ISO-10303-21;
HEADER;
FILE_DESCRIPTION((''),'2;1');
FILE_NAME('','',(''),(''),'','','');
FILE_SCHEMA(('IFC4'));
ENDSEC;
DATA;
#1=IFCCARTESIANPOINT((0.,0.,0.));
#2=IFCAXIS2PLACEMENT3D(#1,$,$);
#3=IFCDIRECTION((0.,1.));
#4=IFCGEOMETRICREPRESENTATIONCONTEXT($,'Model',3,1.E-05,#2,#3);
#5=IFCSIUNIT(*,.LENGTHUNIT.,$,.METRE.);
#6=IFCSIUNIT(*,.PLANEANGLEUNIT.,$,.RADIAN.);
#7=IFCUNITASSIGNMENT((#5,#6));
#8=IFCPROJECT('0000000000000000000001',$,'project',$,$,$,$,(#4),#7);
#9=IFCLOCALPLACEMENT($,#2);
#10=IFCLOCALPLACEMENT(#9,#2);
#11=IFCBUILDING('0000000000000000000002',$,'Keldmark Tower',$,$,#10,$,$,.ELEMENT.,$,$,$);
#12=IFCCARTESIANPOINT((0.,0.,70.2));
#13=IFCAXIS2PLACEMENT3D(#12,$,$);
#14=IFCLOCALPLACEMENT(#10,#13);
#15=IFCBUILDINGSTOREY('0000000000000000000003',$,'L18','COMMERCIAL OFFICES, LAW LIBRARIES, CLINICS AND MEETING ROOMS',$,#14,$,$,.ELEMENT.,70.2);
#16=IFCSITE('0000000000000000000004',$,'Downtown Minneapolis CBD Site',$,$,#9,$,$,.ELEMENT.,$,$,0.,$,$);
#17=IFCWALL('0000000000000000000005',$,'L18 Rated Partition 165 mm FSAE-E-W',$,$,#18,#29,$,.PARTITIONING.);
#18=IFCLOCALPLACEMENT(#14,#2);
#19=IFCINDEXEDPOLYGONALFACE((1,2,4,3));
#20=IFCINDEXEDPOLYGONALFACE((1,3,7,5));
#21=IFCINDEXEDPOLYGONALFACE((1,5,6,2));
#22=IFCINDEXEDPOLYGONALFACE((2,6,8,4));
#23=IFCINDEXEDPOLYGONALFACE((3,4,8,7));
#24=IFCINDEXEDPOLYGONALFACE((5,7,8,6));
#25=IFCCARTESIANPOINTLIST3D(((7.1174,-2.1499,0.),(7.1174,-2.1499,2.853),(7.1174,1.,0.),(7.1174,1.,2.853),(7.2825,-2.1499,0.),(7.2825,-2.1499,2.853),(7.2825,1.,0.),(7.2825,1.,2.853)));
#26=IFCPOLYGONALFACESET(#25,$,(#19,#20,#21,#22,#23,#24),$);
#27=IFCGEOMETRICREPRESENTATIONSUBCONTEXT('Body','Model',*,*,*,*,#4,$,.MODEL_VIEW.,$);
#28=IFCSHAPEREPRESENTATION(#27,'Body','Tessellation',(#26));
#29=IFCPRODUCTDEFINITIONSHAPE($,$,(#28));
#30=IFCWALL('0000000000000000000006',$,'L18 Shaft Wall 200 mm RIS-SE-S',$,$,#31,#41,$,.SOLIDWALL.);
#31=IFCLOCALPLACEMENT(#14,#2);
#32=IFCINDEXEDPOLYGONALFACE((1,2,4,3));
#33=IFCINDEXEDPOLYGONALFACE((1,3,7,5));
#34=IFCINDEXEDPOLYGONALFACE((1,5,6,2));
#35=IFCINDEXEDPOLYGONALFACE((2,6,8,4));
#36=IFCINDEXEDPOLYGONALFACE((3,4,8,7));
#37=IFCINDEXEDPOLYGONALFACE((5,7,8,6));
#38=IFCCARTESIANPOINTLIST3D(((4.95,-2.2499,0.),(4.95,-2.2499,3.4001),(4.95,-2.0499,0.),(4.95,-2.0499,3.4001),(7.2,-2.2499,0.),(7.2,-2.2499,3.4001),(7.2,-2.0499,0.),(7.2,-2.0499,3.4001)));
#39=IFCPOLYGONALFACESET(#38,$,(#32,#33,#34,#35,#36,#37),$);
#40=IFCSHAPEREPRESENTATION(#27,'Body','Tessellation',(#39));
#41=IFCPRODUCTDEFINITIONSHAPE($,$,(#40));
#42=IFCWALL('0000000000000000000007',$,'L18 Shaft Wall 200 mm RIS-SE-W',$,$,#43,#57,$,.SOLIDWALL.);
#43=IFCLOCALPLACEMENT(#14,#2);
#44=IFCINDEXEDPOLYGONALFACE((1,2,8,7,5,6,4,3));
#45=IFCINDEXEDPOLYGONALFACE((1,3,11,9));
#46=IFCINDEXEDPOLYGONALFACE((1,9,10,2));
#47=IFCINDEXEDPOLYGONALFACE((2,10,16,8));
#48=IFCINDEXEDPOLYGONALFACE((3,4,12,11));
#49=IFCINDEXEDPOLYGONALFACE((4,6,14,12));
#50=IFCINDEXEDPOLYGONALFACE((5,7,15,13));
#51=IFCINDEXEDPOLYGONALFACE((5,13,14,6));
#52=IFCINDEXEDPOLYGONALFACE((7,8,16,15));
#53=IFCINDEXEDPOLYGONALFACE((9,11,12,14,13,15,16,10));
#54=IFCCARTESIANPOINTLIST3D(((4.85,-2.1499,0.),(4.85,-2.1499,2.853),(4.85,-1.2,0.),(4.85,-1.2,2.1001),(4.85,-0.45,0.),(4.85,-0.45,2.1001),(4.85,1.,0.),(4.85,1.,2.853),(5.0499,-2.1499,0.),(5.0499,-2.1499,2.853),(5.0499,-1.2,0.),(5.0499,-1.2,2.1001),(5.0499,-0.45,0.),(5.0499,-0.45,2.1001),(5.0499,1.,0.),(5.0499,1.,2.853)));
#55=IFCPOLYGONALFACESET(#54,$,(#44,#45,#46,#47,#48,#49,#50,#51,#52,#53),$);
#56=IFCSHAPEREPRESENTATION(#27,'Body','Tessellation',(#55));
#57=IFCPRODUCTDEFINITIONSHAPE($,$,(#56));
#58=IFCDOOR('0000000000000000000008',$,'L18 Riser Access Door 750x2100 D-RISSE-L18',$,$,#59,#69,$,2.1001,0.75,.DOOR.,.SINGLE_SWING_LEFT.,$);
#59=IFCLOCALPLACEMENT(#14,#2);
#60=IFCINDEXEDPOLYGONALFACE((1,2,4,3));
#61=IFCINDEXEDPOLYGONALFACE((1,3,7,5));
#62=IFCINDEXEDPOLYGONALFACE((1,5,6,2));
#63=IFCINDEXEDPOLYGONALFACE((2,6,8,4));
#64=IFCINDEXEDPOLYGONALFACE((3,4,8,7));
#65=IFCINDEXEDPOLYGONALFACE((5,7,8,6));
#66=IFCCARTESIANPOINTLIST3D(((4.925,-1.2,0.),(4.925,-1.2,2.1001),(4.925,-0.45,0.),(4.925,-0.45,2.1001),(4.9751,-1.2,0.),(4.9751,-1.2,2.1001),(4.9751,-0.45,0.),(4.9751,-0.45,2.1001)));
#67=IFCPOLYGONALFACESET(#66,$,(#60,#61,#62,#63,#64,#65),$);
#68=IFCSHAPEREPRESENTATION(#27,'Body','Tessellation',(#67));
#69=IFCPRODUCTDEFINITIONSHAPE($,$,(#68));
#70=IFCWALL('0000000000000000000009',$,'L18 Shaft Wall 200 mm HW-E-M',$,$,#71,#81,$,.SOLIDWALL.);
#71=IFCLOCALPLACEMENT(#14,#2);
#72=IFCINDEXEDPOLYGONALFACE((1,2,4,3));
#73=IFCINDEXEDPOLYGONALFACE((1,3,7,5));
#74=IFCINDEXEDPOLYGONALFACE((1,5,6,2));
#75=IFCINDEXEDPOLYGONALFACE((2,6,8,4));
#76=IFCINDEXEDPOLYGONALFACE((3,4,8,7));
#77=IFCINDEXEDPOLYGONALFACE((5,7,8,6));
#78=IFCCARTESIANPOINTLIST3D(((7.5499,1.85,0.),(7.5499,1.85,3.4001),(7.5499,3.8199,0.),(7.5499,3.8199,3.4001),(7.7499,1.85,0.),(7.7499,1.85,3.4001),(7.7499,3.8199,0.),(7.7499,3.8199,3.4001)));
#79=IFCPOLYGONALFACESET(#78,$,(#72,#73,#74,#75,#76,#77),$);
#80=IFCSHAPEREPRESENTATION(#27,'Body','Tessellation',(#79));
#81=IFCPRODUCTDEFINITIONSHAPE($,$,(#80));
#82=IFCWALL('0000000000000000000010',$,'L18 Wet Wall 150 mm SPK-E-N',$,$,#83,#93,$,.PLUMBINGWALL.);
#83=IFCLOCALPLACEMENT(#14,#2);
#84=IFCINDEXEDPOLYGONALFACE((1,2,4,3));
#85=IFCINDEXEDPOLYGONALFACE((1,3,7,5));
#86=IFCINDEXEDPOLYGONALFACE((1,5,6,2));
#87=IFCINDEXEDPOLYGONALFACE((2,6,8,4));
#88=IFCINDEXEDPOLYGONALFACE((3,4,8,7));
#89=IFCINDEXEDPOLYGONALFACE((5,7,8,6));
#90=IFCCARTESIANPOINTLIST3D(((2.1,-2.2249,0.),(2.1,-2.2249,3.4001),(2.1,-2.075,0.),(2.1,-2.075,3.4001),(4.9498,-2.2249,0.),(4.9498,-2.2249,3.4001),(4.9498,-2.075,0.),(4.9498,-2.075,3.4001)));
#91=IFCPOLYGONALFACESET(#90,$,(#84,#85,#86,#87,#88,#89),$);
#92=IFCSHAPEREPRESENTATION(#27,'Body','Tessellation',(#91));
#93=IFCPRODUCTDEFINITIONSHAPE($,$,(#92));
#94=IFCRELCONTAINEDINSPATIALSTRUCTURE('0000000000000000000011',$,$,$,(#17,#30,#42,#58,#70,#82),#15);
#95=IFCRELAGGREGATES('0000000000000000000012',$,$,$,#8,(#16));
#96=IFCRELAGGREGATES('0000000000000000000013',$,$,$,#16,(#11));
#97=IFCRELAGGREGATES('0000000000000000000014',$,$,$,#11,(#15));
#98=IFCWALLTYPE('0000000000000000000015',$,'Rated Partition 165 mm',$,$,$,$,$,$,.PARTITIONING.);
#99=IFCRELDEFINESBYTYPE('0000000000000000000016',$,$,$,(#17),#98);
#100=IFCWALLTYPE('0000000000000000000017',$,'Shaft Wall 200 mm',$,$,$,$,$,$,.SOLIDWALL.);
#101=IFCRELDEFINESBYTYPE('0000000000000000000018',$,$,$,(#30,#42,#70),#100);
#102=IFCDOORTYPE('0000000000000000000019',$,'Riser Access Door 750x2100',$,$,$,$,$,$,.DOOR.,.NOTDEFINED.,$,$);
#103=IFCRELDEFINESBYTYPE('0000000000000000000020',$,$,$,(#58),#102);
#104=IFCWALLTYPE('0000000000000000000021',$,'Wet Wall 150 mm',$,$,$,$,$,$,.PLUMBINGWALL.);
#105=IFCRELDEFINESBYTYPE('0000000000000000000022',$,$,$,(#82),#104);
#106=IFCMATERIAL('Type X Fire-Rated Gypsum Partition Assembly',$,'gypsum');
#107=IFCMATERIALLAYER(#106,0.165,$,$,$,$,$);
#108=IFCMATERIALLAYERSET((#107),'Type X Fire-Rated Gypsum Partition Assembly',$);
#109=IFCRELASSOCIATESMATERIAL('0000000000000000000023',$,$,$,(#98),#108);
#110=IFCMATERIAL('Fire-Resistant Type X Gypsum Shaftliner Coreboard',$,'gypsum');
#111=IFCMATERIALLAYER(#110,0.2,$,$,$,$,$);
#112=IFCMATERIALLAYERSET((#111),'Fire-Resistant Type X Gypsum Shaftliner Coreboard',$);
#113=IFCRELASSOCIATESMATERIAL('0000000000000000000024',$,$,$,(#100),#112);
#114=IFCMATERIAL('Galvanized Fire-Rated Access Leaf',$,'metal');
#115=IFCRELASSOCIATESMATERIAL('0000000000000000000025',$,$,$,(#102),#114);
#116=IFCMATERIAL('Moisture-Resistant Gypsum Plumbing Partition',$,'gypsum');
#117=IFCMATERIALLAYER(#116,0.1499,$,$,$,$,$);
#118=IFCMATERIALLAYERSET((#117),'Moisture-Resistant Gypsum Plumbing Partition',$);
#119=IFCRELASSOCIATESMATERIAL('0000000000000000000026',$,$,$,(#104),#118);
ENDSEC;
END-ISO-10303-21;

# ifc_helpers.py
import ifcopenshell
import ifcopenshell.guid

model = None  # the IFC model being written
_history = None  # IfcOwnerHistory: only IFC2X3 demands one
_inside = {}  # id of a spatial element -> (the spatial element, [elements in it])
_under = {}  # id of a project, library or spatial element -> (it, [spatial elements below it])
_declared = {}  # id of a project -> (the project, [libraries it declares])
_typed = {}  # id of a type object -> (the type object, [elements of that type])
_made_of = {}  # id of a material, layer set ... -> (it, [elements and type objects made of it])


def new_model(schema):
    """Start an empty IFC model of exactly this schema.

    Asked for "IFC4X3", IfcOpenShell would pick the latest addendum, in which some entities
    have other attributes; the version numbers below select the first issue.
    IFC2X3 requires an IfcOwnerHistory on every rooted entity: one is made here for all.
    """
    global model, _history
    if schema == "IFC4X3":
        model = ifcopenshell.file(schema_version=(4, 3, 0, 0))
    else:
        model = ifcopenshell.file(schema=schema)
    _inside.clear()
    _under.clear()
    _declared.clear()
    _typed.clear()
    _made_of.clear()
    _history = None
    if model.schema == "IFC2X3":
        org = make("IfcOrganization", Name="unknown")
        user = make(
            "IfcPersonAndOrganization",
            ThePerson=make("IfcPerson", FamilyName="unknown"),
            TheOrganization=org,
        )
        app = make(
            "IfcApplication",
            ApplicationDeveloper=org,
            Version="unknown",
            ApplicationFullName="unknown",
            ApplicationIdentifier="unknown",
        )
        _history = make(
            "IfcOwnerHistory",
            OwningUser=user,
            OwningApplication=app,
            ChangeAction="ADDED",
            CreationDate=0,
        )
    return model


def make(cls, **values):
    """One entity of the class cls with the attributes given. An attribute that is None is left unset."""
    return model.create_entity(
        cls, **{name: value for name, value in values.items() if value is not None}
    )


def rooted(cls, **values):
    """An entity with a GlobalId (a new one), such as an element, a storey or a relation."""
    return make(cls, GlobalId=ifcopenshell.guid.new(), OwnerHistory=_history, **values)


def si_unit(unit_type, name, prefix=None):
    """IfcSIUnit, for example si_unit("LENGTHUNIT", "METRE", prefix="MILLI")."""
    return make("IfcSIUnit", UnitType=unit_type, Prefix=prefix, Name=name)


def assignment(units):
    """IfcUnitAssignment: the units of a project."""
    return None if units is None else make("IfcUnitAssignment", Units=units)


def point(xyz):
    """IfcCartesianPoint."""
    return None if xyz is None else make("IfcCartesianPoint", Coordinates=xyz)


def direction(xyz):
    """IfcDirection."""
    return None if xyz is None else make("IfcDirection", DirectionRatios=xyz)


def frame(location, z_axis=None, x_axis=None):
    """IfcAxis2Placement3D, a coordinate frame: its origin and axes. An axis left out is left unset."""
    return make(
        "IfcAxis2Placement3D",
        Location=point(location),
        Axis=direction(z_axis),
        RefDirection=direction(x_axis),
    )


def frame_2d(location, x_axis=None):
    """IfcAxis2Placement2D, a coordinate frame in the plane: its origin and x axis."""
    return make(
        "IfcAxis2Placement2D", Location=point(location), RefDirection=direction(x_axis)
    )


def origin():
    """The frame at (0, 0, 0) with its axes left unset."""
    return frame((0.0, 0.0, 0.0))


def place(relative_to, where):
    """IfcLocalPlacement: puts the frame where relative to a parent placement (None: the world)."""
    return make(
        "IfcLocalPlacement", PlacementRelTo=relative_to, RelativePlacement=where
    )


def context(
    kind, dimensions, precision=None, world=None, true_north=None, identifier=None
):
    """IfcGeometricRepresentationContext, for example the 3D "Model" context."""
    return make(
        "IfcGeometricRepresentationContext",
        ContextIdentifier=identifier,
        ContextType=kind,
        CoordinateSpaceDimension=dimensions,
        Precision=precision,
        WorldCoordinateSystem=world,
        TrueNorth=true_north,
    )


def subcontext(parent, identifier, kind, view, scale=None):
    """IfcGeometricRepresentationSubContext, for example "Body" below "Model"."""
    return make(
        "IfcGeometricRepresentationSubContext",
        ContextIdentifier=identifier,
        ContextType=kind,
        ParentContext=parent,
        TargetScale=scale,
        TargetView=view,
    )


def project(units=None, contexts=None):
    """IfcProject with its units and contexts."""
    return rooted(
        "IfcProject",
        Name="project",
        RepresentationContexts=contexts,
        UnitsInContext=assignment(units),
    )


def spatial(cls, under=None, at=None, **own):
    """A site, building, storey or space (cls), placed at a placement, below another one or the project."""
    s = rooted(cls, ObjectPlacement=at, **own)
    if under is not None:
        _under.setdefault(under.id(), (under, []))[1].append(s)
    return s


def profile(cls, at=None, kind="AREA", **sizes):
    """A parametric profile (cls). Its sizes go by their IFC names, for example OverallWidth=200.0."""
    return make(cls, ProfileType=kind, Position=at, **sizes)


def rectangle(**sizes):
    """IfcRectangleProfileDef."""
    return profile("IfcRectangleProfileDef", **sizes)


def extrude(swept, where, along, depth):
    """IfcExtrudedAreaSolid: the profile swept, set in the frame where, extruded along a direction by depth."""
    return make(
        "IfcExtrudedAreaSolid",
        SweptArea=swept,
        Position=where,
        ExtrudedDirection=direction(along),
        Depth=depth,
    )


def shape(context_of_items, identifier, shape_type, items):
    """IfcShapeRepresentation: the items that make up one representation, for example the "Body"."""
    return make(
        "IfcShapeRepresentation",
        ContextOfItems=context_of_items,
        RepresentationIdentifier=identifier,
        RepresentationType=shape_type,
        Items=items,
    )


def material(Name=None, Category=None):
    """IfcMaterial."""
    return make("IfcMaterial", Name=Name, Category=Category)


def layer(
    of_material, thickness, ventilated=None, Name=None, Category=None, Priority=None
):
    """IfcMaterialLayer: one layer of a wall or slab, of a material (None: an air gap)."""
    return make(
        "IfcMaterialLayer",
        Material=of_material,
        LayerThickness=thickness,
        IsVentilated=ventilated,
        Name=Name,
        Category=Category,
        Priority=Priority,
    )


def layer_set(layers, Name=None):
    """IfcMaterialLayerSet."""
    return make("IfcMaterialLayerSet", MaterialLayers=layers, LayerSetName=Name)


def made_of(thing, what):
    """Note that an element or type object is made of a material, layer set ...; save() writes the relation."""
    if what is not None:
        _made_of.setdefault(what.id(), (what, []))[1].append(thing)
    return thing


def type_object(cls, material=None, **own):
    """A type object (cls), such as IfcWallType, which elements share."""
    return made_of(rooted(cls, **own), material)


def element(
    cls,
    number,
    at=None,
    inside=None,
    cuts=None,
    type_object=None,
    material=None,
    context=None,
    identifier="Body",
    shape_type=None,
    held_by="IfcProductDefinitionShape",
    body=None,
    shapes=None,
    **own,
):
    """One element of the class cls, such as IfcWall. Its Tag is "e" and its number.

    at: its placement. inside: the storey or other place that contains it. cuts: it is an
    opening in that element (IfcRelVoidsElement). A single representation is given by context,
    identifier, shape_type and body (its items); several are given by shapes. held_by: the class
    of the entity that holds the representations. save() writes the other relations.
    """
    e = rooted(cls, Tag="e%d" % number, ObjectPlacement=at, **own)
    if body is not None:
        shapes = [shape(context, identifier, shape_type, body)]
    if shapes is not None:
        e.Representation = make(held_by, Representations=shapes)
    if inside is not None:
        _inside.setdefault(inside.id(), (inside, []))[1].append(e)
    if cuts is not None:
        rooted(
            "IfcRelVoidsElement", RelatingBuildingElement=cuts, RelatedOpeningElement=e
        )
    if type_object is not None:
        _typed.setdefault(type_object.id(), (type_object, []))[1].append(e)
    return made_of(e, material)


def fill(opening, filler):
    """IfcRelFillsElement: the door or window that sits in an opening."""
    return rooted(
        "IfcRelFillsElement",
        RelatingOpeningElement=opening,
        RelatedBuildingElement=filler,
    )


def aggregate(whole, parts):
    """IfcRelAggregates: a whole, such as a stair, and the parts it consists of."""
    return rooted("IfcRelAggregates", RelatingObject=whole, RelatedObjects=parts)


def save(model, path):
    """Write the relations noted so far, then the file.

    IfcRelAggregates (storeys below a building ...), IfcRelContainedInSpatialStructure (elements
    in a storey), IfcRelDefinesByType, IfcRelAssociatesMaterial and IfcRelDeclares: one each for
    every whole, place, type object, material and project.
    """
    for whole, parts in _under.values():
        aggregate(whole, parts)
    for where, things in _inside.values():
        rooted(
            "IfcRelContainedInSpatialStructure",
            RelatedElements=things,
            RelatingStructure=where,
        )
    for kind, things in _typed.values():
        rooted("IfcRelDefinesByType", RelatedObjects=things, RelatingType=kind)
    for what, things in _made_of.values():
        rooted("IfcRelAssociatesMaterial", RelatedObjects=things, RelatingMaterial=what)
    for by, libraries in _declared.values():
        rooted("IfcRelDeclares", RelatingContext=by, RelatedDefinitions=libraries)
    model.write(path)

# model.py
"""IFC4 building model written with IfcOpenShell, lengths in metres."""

from ifc_helpers import new_model, si_unit, direction, frame, frame_2d, origin, place, context, subcontext, project, spatial, rectangle, extrude, material, layer, layer_set, type_object, element, fill, save


model = new_model("IFC4")

# Units and contexts
model_context = context("Model", 3, precision=1e-05, world=origin(), true_north=direction((0.0, 1.0)))
body_context = subcontext(model_context, "Body", "Model", "MODEL_VIEW")
ifc_project = project(units=[si_unit("LENGTHUNIT", "METRE"), si_unit("PLANEANGLEUNIT", "RADIAN")], contexts=[model_context])

# Site, building, storey
site_placement = place(None, origin())
site = spatial("IfcSite", under=ifc_project, at=site_placement, Name="Downtown Minneapolis CBD Site", CompositionType="ELEMENT", RefElevation=0.0)
building_placement = place(site_placement, origin())
building = spatial("IfcBuilding", under=site, at=building_placement, Name="Keldmark Tower", CompositionType="ELEMENT")
storey_placement = place(building_placement, frame((0.0, 0.0, 70.2)))
storey = spatial("IfcBuildingStorey", under=building, at=storey_placement, Name="L18", Description="COMMERCIAL OFFICES, LAW LIBRARIES, CLINICS AND MEETING ROOMS", CompositionType="ELEMENT", Elevation=70.2)

# Wall
ifc_material_1 = material(Name="Type X Fire-Rated Gypsum Partition Assembly", Category="gypsum")
ifc_layer_1 = layer(ifc_material_1, 0.165)
ifc_layer_set_1 = layer_set([ifc_layer_1], Name="Type X Fire-Rated Gypsum Partition Assembly")
wall_type_1 = type_object("IfcWallType", Name="Rated Partition 165 mm", PredefinedType="PARTITIONING", material=ifc_layer_set_1)
wall_1_placement = place(storey_placement, frame((7.2, -2.1499, 0.0), z_axis=(0.0, 0.0, 1.0), x_axis=(0.0, 1.0, 0.0)))
element("IfcWall", 1, at=wall_1_placement, inside=storey, type_object=wall_type_1, Name="L18 Rated Partition 165 mm FSAE-E-W", PredefinedType="PARTITIONING", context=body_context, shape_type="SweptSolid", body=[
    extrude(rectangle(XDim=3.1499, YDim=0.165, at=frame_2d((1.575, 0.0))), origin(), (0.0, 0.0, 1.0), 2.853),
])

# Wall
ifc_material_2 = material(Name="Fire-Resistant Type X Gypsum Shaftliner Coreboard", Category="gypsum")
ifc_layer_2 = layer(ifc_material_2, 0.2)
ifc_layer_set_2 = layer_set([ifc_layer_2], Name="Fire-Resistant Type X Gypsum Shaftliner Coreboard")
wall_type_2 = type_object("IfcWallType", Name="Shaft Wall 200 mm", PredefinedType="SOLIDWALL", material=ifc_layer_set_2)
wall_2_placement = place(storey_placement, frame((4.95, -2.1499, 0.0), z_axis=(0.0, 0.0, 1.0), x_axis=(1.0, 0.0, 0.0)))
element("IfcWall", 2, at=wall_2_placement, inside=storey, type_object=wall_type_2, Name="L18 Shaft Wall 200 mm RIS-SE-S", PredefinedType="SOLIDWALL", context=body_context, shape_type="SweptSolid", body=[
    extrude(rectangle(XDim=2.25, YDim=0.2, at=frame_2d((1.125, 0.0))), origin(), (0.0, 0.0, 1.0), 3.4001),
])

# Wall, opening, door
wall_3_placement = place(storey_placement, frame((4.95, -2.1499, 0.0), z_axis=(0.0, 0.0, 1.0), x_axis=(0.0, 1.0, 0.0)))
wall_3 = element("IfcWall", 3, at=wall_3_placement, inside=storey, type_object=wall_type_2, Name="L18 Shaft Wall 200 mm RIS-SE-W", PredefinedType="SOLIDWALL", context=body_context, shape_type="SweptSolid", body=[
    extrude(rectangle(XDim=3.1499, YDim=0.2, at=frame_2d((1.575, 0.0))), origin(), (0.0, 0.0, 1.0), 2.853),
])
opening_1_placement = place(wall_3_placement, frame((0.95, 0.0, 0.0)))
opening_1 = element("IfcOpeningElement", 4, at=opening_1_placement, cuts=wall_3, PredefinedType="OPENING", context=body_context, shape_type="SweptSolid", body=[
    extrude(rectangle(XDim=0.75, YDim=2.1001, at=frame_2d((0.375, 1.05))), frame((0.0, 0.1099, 0.0), z_axis=(0.0, -1.0, 0.0), x_axis=(1.0, 0.0, 0.0)), (0.0, 0.0, 1.0), 0.22),
])
ifc_material_3 = material(Name="Galvanized Fire-Rated Access Leaf", Category="metal")
door_type_1 = type_object("IfcDoorType", Name="Riser Access Door 750x2100", OperationType="NOTDEFINED", PredefinedType="DOOR", material=ifc_material_3)
door_1_placement = place(opening_1_placement, origin())
door_1 = element("IfcDoor", 5, at=door_1_placement, inside=storey, type_object=door_type_1, Name="L18 Riser Access Door 750x2100 D-RISSE-L18", OperationType="SINGLE_SWING_LEFT", OverallHeight=2.1001, OverallWidth=0.75, PredefinedType="DOOR", context=body_context, shape_type="SweptSolid", body=[
    extrude(rectangle(XDim=0.75, YDim=2.1001, at=frame_2d((0.375, 1.05))), frame((0.0, 0.0249, 0.0), z_axis=(0.0, -1.0, 0.0), x_axis=(1.0, 0.0, 0.0)), (0.0, 0.0, 1.0), 0.05),
])
fill(opening_1, door_1)

# Walls
wall_4_placement = place(storey_placement, frame((7.6499, 1.8501, 0.0), z_axis=(0.0, 0.0, 1.0), x_axis=(0.0, 1.0, 0.0)))
element("IfcWall", 6, at=wall_4_placement, inside=storey, type_object=wall_type_2, Name="L18 Shaft Wall 200 mm HW-E-M", PredefinedType="SOLIDWALL", context=body_context, shape_type="SweptSolid", body=[
    extrude(rectangle(XDim=1.97, YDim=0.2, at=frame_2d((0.9849, 0.0))), origin(), (0.0, 0.0, 1.0), 3.4001),
])
ifc_material_4 = material(Name="Moisture-Resistant Gypsum Plumbing Partition", Category="gypsum")
ifc_layer_3 = layer(ifc_material_4, 0.1499)
ifc_layer_set_3 = layer_set([ifc_layer_3], Name="Moisture-Resistant Gypsum Plumbing Partition")
wall_type_3 = type_object("IfcWallType", Name="Wet Wall 150 mm", PredefinedType="PLUMBINGWALL", material=ifc_layer_set_3)
wall_5_placement = place(storey_placement, frame((2.1001, -2.1499, 0.0), z_axis=(0.0, 0.0, 1.0), x_axis=(1.0, 0.0, 0.0)))
element("IfcWall", 7, at=wall_5_placement, inside=storey, type_object=wall_type_3, Name="L18 Wet Wall 150 mm SPK-E-N", PredefinedType="PLUMBINGWALL", context=body_context, shape_type="SweptSolid", body=[
    extrude(rectangle(XDim=2.8499, YDim=0.1499, at=frame_2d((1.4248, 0.0))), origin(), (0.0, 0.0, 1.0), 3.4001),
])

save(model, "model.ifc")
